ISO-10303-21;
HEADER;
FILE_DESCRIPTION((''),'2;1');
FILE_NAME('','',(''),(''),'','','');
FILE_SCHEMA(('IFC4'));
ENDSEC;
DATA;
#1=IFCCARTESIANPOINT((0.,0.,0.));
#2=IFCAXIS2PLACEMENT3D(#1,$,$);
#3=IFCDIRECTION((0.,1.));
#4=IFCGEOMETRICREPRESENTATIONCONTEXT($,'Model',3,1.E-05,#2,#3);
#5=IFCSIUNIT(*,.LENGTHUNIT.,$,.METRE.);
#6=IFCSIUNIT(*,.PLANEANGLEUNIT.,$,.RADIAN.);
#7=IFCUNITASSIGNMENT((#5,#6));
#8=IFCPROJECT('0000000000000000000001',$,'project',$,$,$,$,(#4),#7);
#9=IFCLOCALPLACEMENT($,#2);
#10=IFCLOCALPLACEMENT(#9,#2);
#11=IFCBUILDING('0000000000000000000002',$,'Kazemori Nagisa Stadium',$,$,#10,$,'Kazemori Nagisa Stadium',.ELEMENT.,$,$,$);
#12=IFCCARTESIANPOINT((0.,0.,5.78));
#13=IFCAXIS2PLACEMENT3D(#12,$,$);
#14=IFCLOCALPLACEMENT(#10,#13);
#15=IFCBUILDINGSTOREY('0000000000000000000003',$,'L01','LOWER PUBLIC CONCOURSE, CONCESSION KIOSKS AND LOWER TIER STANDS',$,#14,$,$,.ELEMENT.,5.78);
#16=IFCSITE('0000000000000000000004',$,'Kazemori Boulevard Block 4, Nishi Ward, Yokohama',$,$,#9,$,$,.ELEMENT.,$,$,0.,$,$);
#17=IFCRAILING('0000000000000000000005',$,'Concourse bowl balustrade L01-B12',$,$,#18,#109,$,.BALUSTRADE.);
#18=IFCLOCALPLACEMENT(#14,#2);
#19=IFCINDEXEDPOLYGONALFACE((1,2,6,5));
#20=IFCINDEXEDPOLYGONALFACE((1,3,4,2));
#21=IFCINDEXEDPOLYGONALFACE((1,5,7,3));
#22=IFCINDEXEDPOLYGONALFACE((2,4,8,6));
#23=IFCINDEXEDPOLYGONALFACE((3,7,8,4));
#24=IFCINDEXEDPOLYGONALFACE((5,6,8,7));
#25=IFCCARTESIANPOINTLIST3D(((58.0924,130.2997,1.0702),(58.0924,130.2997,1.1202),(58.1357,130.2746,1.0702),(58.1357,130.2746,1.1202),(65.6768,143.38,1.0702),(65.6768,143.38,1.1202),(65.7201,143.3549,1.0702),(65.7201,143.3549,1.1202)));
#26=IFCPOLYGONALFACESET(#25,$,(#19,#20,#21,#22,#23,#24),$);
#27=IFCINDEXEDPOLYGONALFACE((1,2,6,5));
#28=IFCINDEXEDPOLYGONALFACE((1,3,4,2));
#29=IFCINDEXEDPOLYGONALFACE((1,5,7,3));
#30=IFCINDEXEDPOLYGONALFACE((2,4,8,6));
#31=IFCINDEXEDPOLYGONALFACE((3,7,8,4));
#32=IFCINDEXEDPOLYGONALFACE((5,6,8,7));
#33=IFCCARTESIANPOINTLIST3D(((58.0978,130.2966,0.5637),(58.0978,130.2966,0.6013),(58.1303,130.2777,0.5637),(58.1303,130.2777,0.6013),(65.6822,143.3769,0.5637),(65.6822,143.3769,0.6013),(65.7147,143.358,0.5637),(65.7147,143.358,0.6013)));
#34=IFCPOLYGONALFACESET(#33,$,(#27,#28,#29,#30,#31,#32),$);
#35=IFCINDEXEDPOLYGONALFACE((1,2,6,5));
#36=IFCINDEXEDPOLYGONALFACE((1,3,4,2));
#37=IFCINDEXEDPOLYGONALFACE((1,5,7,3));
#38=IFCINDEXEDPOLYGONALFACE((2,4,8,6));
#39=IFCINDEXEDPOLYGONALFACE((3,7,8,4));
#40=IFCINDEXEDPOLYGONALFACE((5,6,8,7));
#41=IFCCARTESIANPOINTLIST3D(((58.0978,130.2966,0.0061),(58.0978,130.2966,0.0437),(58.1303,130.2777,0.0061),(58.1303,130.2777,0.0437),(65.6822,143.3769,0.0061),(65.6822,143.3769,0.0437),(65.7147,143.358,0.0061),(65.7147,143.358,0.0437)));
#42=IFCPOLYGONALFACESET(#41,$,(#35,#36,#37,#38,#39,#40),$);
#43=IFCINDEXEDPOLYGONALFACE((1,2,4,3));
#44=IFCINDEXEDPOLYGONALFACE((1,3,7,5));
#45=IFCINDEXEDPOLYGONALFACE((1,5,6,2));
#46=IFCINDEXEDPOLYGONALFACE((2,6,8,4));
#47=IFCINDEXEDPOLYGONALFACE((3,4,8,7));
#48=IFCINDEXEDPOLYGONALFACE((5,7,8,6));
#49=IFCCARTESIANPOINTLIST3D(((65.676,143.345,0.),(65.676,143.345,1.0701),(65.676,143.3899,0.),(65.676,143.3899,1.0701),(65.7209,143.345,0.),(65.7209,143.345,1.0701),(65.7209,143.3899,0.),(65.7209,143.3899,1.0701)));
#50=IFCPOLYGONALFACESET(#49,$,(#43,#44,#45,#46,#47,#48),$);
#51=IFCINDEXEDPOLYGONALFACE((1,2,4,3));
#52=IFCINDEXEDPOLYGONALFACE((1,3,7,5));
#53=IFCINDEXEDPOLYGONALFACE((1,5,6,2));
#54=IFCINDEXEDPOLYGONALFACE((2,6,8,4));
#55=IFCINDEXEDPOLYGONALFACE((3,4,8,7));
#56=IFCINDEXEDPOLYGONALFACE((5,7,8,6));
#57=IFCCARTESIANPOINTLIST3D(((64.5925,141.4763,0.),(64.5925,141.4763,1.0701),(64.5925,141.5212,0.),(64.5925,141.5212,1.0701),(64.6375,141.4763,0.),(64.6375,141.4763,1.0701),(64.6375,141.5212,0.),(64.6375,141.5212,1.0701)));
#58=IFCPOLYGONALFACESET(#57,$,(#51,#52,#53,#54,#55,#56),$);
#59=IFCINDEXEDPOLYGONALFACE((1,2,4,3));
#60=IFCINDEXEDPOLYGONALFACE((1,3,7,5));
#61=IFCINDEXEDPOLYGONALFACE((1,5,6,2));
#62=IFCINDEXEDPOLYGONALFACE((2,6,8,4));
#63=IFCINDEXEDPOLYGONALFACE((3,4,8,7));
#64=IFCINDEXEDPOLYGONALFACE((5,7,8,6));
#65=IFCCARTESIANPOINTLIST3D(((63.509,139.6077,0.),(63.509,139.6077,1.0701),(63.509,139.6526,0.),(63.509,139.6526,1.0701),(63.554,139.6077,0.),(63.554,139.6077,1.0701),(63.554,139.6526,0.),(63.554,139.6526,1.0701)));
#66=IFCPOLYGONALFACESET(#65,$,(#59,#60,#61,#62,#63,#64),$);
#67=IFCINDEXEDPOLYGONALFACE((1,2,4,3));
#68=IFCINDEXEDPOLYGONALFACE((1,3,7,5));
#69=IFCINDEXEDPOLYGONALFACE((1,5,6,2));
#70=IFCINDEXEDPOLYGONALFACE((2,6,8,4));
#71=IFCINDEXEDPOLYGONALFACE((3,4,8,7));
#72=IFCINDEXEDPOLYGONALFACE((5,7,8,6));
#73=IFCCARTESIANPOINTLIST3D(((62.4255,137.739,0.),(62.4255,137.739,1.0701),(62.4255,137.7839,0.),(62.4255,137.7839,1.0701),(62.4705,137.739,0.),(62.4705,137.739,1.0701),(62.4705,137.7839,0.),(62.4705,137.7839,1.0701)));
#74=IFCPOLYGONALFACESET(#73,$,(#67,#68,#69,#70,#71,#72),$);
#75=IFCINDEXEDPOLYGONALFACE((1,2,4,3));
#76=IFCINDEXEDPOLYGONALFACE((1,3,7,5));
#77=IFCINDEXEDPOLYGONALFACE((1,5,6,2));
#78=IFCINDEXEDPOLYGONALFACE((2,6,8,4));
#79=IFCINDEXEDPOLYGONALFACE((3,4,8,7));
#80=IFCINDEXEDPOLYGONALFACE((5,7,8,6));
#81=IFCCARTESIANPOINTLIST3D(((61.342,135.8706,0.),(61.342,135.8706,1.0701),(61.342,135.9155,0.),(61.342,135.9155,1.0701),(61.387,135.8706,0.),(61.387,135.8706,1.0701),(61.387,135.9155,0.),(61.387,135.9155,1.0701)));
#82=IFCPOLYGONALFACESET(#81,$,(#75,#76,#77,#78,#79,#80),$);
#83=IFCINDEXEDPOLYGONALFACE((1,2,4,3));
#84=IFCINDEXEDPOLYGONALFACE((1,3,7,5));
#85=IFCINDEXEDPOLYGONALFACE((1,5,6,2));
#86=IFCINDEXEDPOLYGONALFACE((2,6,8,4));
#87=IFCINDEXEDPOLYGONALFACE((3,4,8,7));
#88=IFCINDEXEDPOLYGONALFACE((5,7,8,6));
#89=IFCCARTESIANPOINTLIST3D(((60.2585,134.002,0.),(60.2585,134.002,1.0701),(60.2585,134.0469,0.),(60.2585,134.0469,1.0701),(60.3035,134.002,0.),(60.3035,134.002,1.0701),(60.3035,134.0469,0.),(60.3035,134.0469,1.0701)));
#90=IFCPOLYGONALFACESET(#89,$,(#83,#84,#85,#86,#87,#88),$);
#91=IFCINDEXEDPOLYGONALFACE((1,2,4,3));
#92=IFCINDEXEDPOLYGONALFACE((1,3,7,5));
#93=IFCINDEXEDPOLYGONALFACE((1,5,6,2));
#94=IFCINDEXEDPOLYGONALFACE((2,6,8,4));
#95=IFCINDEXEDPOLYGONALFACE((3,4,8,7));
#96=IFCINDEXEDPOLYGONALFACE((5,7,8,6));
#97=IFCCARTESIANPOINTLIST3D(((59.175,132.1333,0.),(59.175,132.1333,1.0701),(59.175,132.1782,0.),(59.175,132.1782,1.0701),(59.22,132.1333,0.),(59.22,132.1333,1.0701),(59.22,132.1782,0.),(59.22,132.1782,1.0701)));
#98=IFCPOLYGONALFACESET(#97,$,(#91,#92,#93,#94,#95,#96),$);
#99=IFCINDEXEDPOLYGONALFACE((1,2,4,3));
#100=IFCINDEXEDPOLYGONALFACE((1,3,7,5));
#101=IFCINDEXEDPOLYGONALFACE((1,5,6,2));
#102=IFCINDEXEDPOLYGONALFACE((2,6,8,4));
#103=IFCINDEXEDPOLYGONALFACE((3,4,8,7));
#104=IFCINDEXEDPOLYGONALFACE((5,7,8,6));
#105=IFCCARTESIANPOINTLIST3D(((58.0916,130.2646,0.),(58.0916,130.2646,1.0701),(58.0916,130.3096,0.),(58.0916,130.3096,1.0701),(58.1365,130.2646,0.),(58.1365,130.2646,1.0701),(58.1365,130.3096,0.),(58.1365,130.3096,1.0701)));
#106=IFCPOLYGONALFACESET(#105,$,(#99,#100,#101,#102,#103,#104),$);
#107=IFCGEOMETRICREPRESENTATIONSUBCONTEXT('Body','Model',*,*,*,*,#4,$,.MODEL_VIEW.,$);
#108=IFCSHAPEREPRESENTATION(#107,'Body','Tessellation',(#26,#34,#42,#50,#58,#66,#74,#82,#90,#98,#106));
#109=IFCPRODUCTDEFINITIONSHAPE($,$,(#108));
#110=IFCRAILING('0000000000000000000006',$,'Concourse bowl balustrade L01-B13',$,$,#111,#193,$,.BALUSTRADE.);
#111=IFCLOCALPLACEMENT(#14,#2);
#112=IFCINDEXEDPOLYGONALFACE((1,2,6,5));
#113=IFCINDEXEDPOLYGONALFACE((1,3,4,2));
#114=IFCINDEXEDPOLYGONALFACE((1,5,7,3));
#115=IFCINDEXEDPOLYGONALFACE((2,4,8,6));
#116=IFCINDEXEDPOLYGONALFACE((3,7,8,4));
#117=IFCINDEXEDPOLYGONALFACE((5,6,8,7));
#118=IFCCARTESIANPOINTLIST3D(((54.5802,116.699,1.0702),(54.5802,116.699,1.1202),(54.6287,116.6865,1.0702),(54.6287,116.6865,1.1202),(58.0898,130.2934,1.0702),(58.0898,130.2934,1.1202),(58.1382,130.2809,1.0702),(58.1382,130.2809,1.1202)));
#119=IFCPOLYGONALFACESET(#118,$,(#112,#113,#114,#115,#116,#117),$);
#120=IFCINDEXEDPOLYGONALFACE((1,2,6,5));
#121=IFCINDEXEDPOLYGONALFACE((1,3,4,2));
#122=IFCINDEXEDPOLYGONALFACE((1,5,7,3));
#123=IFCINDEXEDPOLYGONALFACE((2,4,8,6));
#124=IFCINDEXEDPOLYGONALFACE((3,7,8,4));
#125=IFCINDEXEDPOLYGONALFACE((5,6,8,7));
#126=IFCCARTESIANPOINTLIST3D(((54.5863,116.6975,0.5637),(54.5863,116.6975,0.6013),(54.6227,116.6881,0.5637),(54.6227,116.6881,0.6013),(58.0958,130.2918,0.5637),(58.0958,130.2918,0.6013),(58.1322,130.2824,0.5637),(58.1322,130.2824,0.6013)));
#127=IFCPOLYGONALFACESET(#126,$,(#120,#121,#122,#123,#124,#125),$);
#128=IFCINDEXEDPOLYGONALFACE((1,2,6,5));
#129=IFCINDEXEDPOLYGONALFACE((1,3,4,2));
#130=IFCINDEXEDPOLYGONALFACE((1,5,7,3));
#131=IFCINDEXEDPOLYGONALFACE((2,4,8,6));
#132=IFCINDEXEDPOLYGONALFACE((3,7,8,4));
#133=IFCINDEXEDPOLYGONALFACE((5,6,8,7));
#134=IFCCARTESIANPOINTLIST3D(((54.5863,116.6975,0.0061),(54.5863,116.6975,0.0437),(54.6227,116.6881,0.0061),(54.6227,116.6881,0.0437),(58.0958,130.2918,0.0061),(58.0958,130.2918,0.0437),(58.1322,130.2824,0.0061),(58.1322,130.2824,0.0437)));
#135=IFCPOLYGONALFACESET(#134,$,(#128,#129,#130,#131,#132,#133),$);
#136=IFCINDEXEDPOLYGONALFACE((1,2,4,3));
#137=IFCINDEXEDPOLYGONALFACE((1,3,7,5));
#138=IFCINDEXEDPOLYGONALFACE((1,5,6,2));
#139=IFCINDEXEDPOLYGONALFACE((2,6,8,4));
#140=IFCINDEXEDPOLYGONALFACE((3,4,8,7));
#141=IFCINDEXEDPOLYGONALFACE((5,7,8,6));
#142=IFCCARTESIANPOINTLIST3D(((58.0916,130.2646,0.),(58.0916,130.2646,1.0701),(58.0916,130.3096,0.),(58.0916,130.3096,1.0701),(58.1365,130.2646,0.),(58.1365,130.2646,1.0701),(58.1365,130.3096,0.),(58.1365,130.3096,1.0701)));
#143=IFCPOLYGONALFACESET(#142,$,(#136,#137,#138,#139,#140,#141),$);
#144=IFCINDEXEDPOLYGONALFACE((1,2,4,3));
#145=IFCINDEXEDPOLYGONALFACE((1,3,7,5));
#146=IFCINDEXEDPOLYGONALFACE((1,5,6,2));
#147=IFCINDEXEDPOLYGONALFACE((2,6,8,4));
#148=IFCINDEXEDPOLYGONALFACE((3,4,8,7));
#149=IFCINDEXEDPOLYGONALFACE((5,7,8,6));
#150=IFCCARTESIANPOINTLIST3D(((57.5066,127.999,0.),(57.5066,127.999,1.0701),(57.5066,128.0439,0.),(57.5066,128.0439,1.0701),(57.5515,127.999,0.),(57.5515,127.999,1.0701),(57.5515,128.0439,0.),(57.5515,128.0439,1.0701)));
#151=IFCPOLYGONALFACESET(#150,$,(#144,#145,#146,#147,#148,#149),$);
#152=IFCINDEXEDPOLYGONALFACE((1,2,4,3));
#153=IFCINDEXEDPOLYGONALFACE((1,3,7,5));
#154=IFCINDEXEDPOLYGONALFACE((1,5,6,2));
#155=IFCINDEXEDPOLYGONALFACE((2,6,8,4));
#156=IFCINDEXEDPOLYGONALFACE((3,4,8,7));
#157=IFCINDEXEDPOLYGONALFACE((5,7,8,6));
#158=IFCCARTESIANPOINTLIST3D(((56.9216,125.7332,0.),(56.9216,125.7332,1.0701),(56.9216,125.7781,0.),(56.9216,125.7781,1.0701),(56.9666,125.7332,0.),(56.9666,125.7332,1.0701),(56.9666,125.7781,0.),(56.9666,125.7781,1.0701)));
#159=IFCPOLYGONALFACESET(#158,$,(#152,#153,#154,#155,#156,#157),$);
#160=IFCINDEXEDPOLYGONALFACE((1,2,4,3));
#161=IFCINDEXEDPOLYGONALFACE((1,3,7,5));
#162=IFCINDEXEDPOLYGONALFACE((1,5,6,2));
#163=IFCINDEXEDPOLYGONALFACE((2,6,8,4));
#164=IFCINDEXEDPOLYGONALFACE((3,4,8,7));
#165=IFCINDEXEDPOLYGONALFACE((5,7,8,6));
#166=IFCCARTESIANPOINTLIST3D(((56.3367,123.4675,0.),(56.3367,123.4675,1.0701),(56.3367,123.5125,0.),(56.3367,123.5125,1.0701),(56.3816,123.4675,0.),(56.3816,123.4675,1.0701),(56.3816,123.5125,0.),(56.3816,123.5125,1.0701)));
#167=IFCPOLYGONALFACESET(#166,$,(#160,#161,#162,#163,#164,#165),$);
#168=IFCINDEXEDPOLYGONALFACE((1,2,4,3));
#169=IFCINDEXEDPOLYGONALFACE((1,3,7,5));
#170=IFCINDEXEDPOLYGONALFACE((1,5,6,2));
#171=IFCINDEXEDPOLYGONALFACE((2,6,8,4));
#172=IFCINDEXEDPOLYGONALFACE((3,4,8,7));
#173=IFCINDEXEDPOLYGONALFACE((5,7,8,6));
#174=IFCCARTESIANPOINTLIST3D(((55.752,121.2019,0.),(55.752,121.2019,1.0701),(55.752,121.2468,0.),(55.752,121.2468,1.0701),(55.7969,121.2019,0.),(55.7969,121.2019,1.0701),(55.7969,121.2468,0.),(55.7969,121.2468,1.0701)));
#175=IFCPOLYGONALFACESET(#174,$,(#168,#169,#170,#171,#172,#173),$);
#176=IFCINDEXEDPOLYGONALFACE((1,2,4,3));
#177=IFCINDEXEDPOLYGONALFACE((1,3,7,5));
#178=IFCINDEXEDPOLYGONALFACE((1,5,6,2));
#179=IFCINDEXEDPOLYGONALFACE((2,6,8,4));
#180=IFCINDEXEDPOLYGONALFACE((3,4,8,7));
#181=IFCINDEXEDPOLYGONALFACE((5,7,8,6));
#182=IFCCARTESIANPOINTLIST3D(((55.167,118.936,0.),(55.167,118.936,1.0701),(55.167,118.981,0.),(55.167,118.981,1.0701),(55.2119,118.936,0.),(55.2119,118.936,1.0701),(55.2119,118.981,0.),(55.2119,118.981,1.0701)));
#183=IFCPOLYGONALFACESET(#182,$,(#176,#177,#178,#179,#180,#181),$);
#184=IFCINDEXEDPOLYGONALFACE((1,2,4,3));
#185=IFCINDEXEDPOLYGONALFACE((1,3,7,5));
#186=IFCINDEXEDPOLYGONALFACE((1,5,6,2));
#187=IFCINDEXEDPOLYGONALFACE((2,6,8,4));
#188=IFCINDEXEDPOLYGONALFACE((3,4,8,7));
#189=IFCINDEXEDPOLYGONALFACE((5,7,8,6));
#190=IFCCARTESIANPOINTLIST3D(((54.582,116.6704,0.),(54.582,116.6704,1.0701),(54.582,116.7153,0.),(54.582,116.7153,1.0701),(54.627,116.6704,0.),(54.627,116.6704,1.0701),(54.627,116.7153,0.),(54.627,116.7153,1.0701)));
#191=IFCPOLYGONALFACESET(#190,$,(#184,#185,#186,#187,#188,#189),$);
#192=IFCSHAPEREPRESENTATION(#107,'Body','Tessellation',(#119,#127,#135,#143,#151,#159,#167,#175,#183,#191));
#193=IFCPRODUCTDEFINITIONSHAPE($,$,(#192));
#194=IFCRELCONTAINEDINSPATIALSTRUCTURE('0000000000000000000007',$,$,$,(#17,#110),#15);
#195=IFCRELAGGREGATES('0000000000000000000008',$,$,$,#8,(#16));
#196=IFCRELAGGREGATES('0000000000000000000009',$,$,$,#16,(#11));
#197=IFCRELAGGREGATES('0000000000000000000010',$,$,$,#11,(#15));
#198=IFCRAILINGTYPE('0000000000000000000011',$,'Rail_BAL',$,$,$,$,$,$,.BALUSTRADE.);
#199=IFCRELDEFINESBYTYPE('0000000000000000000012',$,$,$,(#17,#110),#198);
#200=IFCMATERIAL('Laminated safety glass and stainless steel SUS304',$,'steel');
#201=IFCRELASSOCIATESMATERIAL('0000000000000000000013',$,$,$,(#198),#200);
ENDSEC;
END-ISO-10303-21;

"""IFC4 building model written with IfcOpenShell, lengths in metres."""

from ifc_helpers import new_model, si_unit, direction, frame, origin, origin_2d, place, context, subcontext, project, spatial, rectangle, extrude, material, type_object, element, save


model = new_model("IFC4")

# Units and contexts
model_context = context("Model", 3, precision=1e-05, world=origin(), true_north=direction((0.0, 1.0)))
body_context = subcontext(model_context, "Body", "Model", "MODEL_VIEW")
ifc_project = project(units=[si_unit("LENGTHUNIT", "METRE"), si_unit("PLANEANGLEUNIT", "RADIAN")], contexts=[model_context])

# Site, building, storey
site_placement = place(None, origin())
site = spatial("IfcSite", under=ifc_project, at=site_placement, Name="Kazemori Boulevard Block 4, Nishi Ward, Yokohama", CompositionType="ELEMENT", RefElevation=0.0)
building_placement = place(site_placement, origin())
building = spatial("IfcBuilding", under=site, at=building_placement, Name="Kazemori Nagisa Stadium", LongName="Kazemori Nagisa Stadium", CompositionType="ELEMENT")
storey_placement = place(building_placement, frame((0.0, 0.0, 5.78)))
storey = spatial("IfcBuildingStorey", under=building, at=storey_placement, Name="L01", Description="LOWER PUBLIC CONCOURSE, CONCESSION KIOSKS AND LOWER TIER STANDS", CompositionType="ELEMENT", Elevation=5.78)

# Railings
ifc_material_1 = material(Name="Laminated safety glass and stainless steel SUS304", Category="steel")
railing_type_1 = type_object("IfcRailingType", Name="Rail_BAL", PredefinedType="BALUSTRADE", material=ifc_material_1)
railing_1_placement = place(storey_placement, frame((65.6985, 143.3674, 0.0)))
element("IfcRailing", 1, at=railing_1_placement, inside=storey, type_object=railing_type_1, Name="Concourse bowl balustrade L01-B12", PredefinedType="BALUSTRADE", context=body_context, shape_type="SweptSolid", body=[
    extrude(rectangle(XDim=0.05, YDim=0.05, at=origin_2d()), frame((0.0, 0.0, 1.0952), z_axis=(-0.501613, -0.865092, 0.0), x_axis=(0.865092, -0.501613, 0.0)), (0.0, 0.0, 1.0), 15.1201),
    extrude(rectangle(XDim=0.0376, YDim=0.0376, at=origin_2d()), frame((0.0, 0.0, 0.5825), z_axis=(-0.501613, -0.865092, 0.0), x_axis=(0.865092, -0.501613, 0.0)), (0.0, 0.0, 1.0), 15.1201),
    extrude(rectangle(XDim=0.0376, YDim=0.0376, at=origin_2d()), frame((0.0, 0.0, 0.0249), z_axis=(-0.501613, -0.865092, 0.0), x_axis=(0.865092, -0.501613, 0.0)), (0.0, 0.0, 1.0), 15.1201),
    extrude(rectangle(XDim=0.0449, YDim=0.0449, at=origin_2d()), origin(), (0.0, 0.0, 1.0), 1.0701),
    extrude(rectangle(XDim=0.0449, YDim=0.0449, at=origin_2d()), frame((-1.0835, -1.8687, 0.0)), (0.0, 0.0, 1.0), 1.0701),
    extrude(rectangle(XDim=0.0449, YDim=0.0449, at=origin_2d()), frame((-2.167, -3.7373, 0.0)), (0.0, 0.0, 1.0), 1.0701),
    extrude(rectangle(XDim=0.0449, YDim=0.0449, at=origin_2d()), frame((-3.2505, -5.606, 0.0)), (0.0, 0.0, 1.0), 1.0701),
    extrude(rectangle(XDim=0.0449, YDim=0.0449, at=origin_2d()), frame((-4.334, -7.4744, 0.0)), (0.0, 0.0, 1.0), 1.0701),
    extrude(rectangle(XDim=0.0449, YDim=0.0449, at=origin_2d()), frame((-5.4175, -9.343, 0.0)), (0.0, 0.0, 1.0), 1.0701),
    extrude(rectangle(XDim=0.0449, YDim=0.0449, at=origin_2d()), frame((-6.501, -11.2117, 0.0)), (0.0, 0.0, 1.0), 1.0701),
    extrude(rectangle(XDim=0.0449, YDim=0.0449, at=origin_2d()), frame((-7.5845, -13.0803, 0.0)), (0.0, 0.0, 1.0), 1.0701),
])
railing_2_placement = place(storey_placement, frame((58.114, 130.2871, 0.0)))
element("IfcRailing", 2, at=railing_2_placement, inside=storey, type_object=railing_type_1, Name="Concourse bowl balustrade L01-B13", PredefinedType="BALUSTRADE", context=body_context, shape_type="SweptSolid", body=[
    extrude(rectangle(XDim=0.05, YDim=0.05, at=origin_2d()), frame((0.0, 0.0, 1.0952), z_axis=(-0.249967, -0.968254, 0.0), x_axis=(0.968254, -0.249967, 0.0)), (0.0, 0.0, 1.0), 14.04),
    extrude(rectangle(XDim=0.0376, YDim=0.0376, at=origin_2d()), frame((0.0, 0.0, 0.5825), z_axis=(-0.249967, -0.968254, 0.0), x_axis=(0.968254, -0.249967, 0.0)), (0.0, 0.0, 1.0), 14.04),
    extrude(rectangle(XDim=0.0376, YDim=0.0376, at=origin_2d()), frame((0.0, 0.0, 0.0249), z_axis=(-0.249967, -0.968254, 0.0), x_axis=(0.968254, -0.249967, 0.0)), (0.0, 0.0, 1.0), 14.04),
    extrude(rectangle(XDim=0.0449, YDim=0.0449, at=origin_2d()), origin(), (0.0, 0.0, 1.0), 1.0701),
    extrude(rectangle(XDim=0.0449, YDim=0.0449, at=origin_2d()), frame((-0.585, -2.2656, 0.0)), (0.0, 0.0, 1.0), 1.0701),
    extrude(rectangle(XDim=0.0449, YDim=0.0449, at=origin_2d()), frame((-1.1699, -4.5315, 0.0)), (0.0, 0.0, 1.0), 1.0701),
    extrude(rectangle(XDim=0.0449, YDim=0.0449, at=origin_2d()), frame((-1.7549, -6.7971, 0.0)), (0.0, 0.0, 1.0), 1.0701),
    extrude(rectangle(XDim=0.0449, YDim=0.0449, at=origin_2d()), frame((-2.3396, -9.0627, 0.0)), (0.0, 0.0, 1.0), 1.0701),
    extrude(rectangle(XDim=0.0449, YDim=0.0449, at=origin_2d()), frame((-2.9246, -11.3286, 0.0)), (0.0, 0.0, 1.0), 1.0701),
    extrude(rectangle(XDim=0.0449, YDim=0.0449, at=origin_2d()), frame((-3.5095, -13.5942, 0.0)), (0.0, 0.0, 1.0), 1.0701),
])

save(model, "model.ifc")
